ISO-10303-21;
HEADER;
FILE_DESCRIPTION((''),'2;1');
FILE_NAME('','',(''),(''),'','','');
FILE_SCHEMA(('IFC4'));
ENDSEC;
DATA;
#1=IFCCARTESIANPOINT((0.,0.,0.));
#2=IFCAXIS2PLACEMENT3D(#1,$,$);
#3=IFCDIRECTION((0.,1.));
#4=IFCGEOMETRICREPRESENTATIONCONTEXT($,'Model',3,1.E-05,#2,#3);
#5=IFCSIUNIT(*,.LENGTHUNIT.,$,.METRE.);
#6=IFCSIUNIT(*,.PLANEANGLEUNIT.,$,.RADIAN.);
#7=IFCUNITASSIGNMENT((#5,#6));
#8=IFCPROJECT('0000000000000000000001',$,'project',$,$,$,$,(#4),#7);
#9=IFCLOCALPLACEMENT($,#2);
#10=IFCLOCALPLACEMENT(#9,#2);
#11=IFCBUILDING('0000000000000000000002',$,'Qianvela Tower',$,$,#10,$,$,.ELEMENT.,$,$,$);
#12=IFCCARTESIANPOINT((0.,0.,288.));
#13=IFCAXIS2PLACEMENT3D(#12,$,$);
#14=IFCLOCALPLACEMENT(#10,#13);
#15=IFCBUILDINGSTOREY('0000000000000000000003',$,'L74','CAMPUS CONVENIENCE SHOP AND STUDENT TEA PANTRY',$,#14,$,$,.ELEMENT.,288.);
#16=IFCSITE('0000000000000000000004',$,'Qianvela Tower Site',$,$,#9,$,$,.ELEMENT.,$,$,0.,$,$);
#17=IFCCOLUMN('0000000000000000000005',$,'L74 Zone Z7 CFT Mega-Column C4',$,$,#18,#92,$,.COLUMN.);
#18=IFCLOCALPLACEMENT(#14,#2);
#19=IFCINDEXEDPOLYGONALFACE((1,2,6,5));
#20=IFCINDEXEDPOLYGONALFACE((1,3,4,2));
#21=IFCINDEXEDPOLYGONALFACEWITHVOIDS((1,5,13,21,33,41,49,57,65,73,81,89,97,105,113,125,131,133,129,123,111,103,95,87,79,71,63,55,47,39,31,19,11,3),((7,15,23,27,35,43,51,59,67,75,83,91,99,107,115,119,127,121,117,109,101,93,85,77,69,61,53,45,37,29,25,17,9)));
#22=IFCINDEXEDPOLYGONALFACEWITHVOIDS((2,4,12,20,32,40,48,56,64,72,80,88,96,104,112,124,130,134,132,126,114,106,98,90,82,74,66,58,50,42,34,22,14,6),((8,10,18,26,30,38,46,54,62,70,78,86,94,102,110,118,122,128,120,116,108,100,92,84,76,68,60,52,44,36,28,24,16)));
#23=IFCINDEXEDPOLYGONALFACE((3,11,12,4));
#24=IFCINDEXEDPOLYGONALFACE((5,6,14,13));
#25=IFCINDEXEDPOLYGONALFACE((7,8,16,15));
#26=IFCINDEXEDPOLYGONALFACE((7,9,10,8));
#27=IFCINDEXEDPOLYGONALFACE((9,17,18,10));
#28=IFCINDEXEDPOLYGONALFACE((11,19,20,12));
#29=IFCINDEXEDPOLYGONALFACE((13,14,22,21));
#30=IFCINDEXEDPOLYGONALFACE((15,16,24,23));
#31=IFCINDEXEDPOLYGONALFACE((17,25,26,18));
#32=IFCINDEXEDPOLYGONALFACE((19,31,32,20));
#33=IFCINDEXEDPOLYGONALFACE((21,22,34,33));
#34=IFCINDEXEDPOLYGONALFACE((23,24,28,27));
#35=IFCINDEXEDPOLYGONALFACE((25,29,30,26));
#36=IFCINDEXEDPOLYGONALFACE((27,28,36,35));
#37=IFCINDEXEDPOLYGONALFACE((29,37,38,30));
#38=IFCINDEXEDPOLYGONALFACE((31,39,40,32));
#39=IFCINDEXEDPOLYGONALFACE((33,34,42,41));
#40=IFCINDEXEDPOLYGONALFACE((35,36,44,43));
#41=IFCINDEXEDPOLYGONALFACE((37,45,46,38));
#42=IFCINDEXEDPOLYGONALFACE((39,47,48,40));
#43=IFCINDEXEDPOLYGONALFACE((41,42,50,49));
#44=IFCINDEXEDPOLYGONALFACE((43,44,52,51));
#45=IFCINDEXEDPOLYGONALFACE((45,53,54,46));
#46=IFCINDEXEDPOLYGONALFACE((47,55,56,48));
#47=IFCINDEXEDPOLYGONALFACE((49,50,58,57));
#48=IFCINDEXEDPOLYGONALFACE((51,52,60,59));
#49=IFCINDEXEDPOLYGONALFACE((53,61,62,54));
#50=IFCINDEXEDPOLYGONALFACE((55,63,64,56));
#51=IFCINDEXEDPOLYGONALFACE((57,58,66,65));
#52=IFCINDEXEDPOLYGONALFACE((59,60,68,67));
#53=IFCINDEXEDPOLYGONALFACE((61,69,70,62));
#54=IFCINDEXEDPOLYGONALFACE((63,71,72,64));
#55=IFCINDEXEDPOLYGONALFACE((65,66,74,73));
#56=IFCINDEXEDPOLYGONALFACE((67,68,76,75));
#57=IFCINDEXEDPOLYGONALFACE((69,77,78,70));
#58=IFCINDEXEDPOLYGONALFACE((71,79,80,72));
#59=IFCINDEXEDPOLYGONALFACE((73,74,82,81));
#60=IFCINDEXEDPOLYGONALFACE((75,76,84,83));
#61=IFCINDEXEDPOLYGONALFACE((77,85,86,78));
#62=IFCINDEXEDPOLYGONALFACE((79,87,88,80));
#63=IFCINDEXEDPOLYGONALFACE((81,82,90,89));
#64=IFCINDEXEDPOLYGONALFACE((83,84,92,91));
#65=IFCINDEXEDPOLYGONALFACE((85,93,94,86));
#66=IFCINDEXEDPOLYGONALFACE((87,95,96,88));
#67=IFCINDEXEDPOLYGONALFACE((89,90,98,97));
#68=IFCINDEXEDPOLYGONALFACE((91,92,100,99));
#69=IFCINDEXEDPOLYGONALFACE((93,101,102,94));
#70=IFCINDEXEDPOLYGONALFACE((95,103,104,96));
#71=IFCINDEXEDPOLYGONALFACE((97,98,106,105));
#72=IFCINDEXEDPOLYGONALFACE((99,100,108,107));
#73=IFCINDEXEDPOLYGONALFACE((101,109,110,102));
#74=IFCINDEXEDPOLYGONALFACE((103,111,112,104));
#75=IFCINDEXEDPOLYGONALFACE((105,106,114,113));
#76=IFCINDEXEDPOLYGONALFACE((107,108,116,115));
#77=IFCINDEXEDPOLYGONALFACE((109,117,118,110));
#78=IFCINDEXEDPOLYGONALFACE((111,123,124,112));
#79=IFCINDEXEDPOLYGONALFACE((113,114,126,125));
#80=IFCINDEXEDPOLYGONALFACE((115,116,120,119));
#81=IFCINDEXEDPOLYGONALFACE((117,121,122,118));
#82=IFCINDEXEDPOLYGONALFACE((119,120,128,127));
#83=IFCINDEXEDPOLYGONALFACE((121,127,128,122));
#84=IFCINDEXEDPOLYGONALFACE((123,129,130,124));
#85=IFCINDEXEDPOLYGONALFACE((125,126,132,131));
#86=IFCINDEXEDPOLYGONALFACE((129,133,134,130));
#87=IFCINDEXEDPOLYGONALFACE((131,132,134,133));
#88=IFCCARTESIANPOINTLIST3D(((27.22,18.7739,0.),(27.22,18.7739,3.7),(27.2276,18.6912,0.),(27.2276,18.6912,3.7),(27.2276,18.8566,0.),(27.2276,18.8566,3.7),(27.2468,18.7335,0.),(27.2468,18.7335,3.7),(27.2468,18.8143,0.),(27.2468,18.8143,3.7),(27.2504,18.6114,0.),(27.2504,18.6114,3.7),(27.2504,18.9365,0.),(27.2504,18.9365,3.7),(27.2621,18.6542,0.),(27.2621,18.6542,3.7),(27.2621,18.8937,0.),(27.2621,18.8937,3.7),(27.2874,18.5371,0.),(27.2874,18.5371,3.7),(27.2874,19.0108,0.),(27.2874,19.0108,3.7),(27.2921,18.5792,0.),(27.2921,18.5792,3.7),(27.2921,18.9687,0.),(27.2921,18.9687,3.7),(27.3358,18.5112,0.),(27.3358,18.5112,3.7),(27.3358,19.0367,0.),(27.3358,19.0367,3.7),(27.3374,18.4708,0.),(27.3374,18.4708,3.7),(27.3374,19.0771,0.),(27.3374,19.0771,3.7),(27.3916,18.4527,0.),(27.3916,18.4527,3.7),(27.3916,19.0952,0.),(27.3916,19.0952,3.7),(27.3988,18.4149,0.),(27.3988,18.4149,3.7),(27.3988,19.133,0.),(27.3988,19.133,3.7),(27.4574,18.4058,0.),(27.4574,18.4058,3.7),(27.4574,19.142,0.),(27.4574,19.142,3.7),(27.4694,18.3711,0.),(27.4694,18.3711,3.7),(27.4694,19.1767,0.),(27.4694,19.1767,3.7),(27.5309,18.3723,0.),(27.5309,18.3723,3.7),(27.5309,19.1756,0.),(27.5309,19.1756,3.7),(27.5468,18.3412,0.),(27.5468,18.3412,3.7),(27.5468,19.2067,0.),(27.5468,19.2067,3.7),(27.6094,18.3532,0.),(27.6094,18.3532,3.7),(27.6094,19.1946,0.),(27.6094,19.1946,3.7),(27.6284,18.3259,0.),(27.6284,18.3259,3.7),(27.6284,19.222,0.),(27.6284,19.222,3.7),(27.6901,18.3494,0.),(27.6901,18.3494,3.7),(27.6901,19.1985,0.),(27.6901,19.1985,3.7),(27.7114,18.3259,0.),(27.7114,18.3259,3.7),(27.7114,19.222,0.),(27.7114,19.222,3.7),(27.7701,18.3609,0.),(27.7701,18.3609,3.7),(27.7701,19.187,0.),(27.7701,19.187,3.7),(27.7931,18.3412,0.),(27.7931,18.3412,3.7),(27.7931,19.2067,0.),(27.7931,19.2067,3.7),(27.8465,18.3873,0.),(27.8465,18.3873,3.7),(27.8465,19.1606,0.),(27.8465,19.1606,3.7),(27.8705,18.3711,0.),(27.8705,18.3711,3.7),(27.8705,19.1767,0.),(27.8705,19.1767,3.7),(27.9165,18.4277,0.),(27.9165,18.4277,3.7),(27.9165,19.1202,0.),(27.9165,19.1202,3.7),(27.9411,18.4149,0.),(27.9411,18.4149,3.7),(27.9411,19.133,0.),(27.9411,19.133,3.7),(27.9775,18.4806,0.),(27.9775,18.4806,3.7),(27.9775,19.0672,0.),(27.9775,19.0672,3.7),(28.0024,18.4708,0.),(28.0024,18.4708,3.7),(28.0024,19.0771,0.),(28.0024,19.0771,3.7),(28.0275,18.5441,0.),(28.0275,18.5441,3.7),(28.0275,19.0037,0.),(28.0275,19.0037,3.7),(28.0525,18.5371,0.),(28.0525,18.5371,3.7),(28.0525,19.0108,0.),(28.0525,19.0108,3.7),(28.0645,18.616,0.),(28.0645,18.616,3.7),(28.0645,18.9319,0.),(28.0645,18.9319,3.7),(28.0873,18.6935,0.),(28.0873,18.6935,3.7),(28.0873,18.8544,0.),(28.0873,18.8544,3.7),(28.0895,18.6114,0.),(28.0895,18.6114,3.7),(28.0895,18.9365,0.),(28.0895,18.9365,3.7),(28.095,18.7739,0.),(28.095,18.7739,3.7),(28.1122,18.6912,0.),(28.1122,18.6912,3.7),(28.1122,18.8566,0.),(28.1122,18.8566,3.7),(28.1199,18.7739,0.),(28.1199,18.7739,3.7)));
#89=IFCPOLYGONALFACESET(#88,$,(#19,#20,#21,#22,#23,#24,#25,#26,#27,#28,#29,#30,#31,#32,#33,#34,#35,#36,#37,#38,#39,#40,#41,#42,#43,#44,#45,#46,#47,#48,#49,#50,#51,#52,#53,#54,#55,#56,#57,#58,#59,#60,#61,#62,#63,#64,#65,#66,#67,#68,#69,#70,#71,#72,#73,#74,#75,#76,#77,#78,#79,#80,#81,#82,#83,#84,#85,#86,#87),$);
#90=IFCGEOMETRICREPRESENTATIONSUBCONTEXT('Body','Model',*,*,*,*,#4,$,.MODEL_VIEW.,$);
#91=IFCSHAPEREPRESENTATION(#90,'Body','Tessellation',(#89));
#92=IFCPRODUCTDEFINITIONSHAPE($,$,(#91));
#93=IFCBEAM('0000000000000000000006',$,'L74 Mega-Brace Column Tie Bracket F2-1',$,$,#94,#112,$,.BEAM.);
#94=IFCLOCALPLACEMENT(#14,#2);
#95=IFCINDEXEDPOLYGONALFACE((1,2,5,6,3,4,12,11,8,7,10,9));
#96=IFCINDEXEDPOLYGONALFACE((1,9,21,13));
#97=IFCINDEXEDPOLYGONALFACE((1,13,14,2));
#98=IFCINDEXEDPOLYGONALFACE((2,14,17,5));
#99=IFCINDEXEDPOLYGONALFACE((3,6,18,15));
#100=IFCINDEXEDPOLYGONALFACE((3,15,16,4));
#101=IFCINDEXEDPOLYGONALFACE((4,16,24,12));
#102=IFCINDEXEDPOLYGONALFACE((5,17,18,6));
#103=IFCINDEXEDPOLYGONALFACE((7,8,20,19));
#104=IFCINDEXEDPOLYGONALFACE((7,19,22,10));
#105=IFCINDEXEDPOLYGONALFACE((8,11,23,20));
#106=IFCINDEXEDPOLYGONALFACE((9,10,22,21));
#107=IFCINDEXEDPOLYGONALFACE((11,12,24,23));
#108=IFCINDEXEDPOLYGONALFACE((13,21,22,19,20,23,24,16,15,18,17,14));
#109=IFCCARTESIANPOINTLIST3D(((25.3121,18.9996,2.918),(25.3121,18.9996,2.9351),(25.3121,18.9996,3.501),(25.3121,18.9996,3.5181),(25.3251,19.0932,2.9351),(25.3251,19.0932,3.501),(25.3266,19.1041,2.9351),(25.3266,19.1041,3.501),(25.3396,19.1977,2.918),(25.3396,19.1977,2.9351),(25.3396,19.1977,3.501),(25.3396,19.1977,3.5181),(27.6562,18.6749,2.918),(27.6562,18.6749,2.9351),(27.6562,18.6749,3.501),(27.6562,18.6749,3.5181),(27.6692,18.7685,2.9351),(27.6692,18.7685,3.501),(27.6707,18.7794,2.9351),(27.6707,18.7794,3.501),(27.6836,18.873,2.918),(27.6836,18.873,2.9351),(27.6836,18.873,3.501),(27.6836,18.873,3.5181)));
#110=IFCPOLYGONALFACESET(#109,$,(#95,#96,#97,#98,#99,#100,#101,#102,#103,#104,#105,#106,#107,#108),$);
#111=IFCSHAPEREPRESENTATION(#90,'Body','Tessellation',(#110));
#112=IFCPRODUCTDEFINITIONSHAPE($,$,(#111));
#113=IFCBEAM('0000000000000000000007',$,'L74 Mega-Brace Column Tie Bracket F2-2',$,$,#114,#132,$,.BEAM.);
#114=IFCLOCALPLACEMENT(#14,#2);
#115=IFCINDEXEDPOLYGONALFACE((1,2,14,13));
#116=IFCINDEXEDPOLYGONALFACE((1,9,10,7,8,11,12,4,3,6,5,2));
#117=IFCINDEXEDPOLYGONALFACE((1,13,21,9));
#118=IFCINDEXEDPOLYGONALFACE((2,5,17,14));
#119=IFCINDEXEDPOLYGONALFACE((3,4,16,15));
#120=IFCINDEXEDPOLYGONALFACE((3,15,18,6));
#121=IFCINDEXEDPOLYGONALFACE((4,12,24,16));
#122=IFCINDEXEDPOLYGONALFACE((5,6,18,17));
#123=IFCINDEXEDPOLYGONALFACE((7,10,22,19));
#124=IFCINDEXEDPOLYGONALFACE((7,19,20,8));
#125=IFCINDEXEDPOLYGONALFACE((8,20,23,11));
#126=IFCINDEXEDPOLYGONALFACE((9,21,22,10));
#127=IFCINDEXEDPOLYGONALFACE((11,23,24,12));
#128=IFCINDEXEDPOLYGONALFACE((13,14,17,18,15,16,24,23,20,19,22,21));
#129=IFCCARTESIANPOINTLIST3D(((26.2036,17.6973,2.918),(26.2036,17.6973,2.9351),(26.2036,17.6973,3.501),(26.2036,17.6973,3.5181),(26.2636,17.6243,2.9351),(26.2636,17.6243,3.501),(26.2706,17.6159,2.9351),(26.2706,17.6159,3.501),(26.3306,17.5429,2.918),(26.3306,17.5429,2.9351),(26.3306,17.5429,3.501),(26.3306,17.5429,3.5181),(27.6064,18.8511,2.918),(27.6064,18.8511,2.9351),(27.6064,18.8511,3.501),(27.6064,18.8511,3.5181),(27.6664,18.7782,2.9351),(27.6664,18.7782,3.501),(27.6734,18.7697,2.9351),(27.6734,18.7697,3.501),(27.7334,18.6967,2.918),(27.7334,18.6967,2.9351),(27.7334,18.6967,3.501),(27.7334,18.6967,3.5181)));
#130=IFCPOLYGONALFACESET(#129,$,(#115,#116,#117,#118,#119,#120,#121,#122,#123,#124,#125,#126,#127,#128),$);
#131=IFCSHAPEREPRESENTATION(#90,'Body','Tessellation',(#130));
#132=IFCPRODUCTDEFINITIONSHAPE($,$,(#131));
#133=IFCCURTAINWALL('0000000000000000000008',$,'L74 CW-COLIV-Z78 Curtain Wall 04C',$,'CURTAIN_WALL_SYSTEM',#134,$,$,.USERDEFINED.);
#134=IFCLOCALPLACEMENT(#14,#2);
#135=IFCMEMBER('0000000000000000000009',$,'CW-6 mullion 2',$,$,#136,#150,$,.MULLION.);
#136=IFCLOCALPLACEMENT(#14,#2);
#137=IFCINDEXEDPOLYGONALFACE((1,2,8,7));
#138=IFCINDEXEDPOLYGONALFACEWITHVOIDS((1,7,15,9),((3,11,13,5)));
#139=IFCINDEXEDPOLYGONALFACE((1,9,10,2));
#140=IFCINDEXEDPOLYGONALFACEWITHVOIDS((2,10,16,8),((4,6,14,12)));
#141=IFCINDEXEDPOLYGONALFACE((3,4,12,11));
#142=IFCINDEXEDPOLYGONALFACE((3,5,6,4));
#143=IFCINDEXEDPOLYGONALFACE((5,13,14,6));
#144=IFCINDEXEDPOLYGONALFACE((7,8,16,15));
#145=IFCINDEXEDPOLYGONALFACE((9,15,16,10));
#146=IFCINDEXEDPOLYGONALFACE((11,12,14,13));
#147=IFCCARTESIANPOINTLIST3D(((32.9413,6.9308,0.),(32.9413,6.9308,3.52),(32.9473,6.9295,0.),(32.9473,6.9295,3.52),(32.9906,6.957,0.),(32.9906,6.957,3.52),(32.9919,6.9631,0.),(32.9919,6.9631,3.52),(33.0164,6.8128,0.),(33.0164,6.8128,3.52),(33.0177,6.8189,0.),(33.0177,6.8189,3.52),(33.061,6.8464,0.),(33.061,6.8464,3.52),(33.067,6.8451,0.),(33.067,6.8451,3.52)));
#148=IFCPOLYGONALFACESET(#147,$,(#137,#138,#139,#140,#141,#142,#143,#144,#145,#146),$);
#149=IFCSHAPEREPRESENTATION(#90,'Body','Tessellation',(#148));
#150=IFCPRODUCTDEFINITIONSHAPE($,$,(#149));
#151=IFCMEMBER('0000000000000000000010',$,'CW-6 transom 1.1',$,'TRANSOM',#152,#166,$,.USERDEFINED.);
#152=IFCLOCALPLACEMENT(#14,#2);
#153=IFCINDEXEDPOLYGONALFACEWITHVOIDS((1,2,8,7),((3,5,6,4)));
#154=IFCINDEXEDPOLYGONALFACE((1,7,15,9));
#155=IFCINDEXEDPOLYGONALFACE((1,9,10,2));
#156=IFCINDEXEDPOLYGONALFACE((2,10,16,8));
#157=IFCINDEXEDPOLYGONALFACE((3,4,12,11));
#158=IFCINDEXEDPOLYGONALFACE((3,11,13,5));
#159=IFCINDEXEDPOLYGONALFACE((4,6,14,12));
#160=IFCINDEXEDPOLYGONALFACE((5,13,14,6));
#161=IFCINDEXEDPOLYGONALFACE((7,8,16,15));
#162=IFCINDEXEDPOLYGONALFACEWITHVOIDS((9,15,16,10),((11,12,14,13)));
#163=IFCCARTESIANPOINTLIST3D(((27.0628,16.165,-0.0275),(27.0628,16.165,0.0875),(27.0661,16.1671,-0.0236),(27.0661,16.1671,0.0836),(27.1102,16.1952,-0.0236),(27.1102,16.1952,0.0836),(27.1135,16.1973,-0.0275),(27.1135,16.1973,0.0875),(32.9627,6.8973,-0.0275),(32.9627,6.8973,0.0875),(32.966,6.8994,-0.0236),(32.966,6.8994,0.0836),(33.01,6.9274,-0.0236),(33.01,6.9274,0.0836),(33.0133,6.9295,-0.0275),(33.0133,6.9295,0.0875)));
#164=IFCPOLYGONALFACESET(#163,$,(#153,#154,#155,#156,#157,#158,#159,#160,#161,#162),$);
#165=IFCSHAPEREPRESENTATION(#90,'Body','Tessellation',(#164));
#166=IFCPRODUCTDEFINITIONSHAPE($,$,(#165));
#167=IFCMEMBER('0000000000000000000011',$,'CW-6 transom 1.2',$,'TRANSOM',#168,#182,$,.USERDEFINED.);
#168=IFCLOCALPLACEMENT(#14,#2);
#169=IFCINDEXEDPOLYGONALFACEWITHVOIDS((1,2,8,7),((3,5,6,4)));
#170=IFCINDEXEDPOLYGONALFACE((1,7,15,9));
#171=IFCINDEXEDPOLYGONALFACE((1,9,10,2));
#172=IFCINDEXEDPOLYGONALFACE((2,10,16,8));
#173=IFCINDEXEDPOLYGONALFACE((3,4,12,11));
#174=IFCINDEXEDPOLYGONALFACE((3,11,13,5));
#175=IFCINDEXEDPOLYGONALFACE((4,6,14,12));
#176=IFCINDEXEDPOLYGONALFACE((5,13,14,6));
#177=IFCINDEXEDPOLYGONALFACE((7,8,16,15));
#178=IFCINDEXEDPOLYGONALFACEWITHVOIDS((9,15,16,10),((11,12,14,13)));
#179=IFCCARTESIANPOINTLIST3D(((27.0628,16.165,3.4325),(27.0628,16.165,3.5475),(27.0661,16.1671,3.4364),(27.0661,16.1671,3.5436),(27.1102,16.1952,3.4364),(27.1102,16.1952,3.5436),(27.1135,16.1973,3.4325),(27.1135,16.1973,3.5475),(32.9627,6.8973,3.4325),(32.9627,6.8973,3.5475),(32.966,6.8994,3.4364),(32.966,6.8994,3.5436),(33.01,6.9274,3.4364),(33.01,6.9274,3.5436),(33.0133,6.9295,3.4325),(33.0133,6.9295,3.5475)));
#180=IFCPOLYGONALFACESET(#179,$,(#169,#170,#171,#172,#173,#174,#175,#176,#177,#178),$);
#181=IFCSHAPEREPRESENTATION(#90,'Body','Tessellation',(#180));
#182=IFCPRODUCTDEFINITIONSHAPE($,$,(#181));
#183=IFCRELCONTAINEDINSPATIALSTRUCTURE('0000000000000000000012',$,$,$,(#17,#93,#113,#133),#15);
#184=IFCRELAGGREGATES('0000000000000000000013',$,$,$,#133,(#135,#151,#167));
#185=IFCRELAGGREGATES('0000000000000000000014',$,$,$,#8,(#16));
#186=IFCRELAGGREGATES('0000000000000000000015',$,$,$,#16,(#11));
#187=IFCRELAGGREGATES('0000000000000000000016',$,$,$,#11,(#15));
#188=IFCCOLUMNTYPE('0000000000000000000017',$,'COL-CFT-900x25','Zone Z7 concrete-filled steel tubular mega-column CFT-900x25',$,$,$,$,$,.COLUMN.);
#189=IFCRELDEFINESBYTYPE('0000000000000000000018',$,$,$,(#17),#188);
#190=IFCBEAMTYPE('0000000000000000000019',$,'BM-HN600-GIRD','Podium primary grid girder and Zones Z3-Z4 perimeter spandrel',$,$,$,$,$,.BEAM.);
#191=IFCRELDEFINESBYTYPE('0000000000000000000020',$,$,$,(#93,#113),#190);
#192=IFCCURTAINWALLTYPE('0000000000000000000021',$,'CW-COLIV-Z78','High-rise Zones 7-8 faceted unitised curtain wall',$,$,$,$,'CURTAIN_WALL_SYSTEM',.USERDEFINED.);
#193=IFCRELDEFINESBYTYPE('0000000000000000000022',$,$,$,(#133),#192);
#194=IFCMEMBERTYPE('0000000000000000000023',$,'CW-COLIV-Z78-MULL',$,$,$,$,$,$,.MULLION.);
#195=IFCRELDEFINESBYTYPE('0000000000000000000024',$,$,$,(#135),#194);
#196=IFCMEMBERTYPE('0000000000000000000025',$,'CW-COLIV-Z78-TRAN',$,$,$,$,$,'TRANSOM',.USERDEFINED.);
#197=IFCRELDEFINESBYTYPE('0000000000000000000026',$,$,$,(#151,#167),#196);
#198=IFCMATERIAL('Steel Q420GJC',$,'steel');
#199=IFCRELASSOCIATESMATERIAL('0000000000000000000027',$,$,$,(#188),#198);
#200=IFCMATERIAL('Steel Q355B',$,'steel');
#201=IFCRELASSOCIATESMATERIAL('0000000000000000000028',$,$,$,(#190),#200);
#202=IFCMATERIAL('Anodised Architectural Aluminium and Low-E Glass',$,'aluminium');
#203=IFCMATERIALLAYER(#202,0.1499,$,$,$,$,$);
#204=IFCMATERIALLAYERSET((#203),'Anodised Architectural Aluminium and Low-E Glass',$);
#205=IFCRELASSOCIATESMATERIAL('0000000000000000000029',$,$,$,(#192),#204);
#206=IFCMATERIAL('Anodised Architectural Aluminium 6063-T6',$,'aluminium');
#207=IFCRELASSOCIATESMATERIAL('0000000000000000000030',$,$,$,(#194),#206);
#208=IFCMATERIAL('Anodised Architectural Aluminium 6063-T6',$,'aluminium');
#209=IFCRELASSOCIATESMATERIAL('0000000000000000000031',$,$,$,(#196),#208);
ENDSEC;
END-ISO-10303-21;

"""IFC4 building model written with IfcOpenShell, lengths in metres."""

from ifc_helpers import new_model, si_unit, direction, frame, origin, origin_2d, place, context, subcontext, project, spatial, hollow_rectangle, hollow_circle, i_section, extrude, material, layer, layer_set, material_profile, profile_set, type_object, element, aggregate, save


model = new_model("IFC4")

# Units and contexts
model_context = context("Model", 3, precision=1e-05, world=origin(), true_north=direction((0.0, 1.0)))
body_context = subcontext(model_context, "Body", "Model", "MODEL_VIEW")
ifc_project = project(units=[si_unit("LENGTHUNIT", "METRE"), si_unit("PLANEANGLEUNIT", "RADIAN")], contexts=[model_context])

# Site, building, storey
site_placement = place(None, origin())
site = spatial("IfcSite", under=ifc_project, at=site_placement, Name="Qianvela Tower Site", CompositionType="ELEMENT", RefElevation=0.0)
building_placement = place(site_placement, origin())
building = spatial("IfcBuilding", under=site, at=building_placement, Name="Qianvela Tower", CompositionType="ELEMENT")
storey_placement = place(building_placement, frame((0.0, 0.0, 288.0)))
storey = spatial("IfcBuildingStorey", under=building, at=storey_placement, Name="L74", Description="CAMPUS CONVENIENCE SHOP AND STUDENT TEA PANTRY", CompositionType="ELEMENT", Elevation=288.0)

# Column
ifc_material_1 = material(Name="Steel Q420GJC", Category="steel")
ifc_material_profile_1 = material_profile(ifc_material_1, hollow_circle(Radius=0.45, WallThickness=0.0249, at=origin_2d()), Name="CFT-900x25")
ifc_profile_set_1 = profile_set([ifc_material_profile_1], Name="Steel Q420GJC")
column_type = type_object("IfcColumnType", Name="COL-CFT-900x25", Description="Zone Z7 concrete-filled steel tubular mega-column CFT-900x25", PredefinedType="COLUMN", material=ifc_profile_set_1)
column_placement = place(storey_placement, frame((27.6699, 18.7739, 0.0), z_axis=(0.0, 0.0, 1.0), x_axis=(1.0, 0.0, 0.0)))
element("IfcColumn", 1, at=column_placement, inside=storey, type_object=column_type, Name="L74 Zone Z7 CFT Mega-Column C4", PredefinedType="COLUMN", context=body_context, shape_type="SweptSolid", body=[
    extrude(hollow_circle(Radius=0.45, WallThickness=0.0249, at=origin_2d()), origin(), (0.0, 0.0, 1.0), 3.7),
])

# Beams
ifc_material_2 = material(Name="Steel Q355B", Category="steel")
ifc_material_profile_2 = material_profile(ifc_material_2, i_section(OverallWidth=0.2, OverallDepth=0.6001, WebThickness=0.011, FlangeThickness=0.0171, at=origin_2d()), Name="HN600x200x11x17")
ifc_profile_set_2 = profile_set([ifc_material_profile_2], Name="Steel Q355B")
beam_type = type_object("IfcBeamType", Name="BM-HN600-GIRD", Description="Podium primary grid girder and Zones Z3-Z4 perimeter spandrel", PredefinedType="BEAM", material=ifc_profile_set_2)
beam_1_placement = place(storey_placement, frame((27.6699, 18.7739, 3.218), z_axis=(-0.990541, 0.137217, 0.0), x_axis=(-0.137217, -0.990541, 0.0)))
element("IfcBeam", 2, at=beam_1_placement, inside=storey, type_object=beam_type, Name="L74 Mega-Brace Column Tie Bracket F2-1", PredefinedType="BEAM", context=body_context, shape_type="SweptSolid", body=[
    extrude(i_section(OverallWidth=0.2, OverallDepth=0.6001, WebThickness=0.011, FlangeThickness=0.0171, at=origin_2d()), origin(), (0.0, 0.0, 1.0), 2.3665),
])
beam_2_placement = place(storey_placement, frame((27.6699, 18.7739, 3.218), z_axis=(-0.772326, -0.635227, 0.0), x_axis=(0.635227, -0.772326, 0.0)))
element("IfcBeam", 3, at=beam_2_placement, inside=storey, type_object=beam_type, Name="L74 Mega-Brace Column Tie Bracket F2-2", PredefinedType="BEAM", context=body_context, shape_type="SweptSolid", body=[
    extrude(i_section(OverallWidth=0.2, OverallDepth=0.6001, WebThickness=0.011, FlangeThickness=0.0171, at=origin_2d()), origin(), (0.0, 0.0, 1.0), 1.8164),
])

# Curtain wall, members
ifc_material_3 = material(Name="Anodised Architectural Aluminium and Low-E Glass", Category="aluminium")
ifc_layer_1 = layer(ifc_material_3, 0.1499)
ifc_layer_set_1 = layer_set([ifc_layer_1], Name="Anodised Architectural Aluminium and Low-E Glass")
curtain_wall_type = type_object("IfcCurtainWallType", Name="CW-COLIV-Z78", Description="High-rise Zones 7-8 faceted unitised curtain wall", ElementType="CURTAIN_WALL_SYSTEM", PredefinedType="USERDEFINED", material=ifc_layer_set_1)
curtain_wall_placement = place(storey_placement, origin())
curtain_wall = element("IfcCurtainWall", 4, at=curtain_wall_placement, inside=storey, type_object=curtain_wall_type, Name="L74 CW-COLIV-Z78 Curtain Wall 04C", ObjectType="CURTAIN_WALL_SYSTEM", PredefinedType="USERDEFINED")
ifc_material_4 = material(Name="Anodised Architectural Aluminium 6063-T6", Category="aluminium")
ifc_material_profile_3 = material_profile(ifc_material_4, hollow_rectangle(XDim=0.0601, YDim=0.1399, WallThickness=0.0044, at=origin_2d()), Name="ALU-MULL-60x140")
ifc_profile_set_3 = profile_set([ifc_material_profile_3], Name="Anodised Architectural Aluminium 6063-T6")
member_type_1 = type_object("IfcMemberType", Name="CW-COLIV-Z78-MULL", PredefinedType="MULLION", material=ifc_profile_set_3)
member_1_placement = place(storey_placement, frame((33.0042, 6.8879, 0.0), z_axis=(0.0, 0.0, 1.0), x_axis=(0.843577, 0.537009, 0.0)))
member_1 = element("IfcMember", 5, at=member_1_placement, type_object=member_type_1, Name="CW-6 mullion 2", PredefinedType="MULLION", context=body_context, shape_type="SweptSolid", body=[
    extrude(hollow_rectangle(XDim=0.0601, YDim=0.1399, WallThickness=0.0044, at=origin_2d()), origin(), (0.0, 0.0, 1.0), 3.52),
])
ifc_material_5 = material(Name="Anodised Architectural Aluminium 6063-T6", Category="aluminium")
ifc_material_profile_4 = material_profile(ifc_material_5, hollow_rectangle(XDim=0.0601, YDim=0.115, WallThickness=0.0039, at=origin_2d()), Name="ALU-TRAN-60x115")
ifc_profile_set_4 = profile_set([ifc_material_profile_4], Name="Anodised Architectural Aluminium 6063-T6")
member_type_2 = type_object("IfcMemberType", Name="CW-COLIV-Z78-TRAN", ElementType="TRANSOM", PredefinedType="USERDEFINED", material=ifc_profile_set_4)
member_2_placement = place(storey_placement, frame((27.0881, 16.1812, 0.03), z_axis=(0.537018, -0.843571, 0.0), x_axis=(0.843571, 0.537018, 0.0)))
member_2 = element("IfcMember", 6, at=member_2_placement, type_object=member_type_2, Name="CW-6 transom 1.1", ObjectType="TRANSOM", PredefinedType="USERDEFINED", context=body_context, shape_type="SweptSolid", body=[
    extrude(hollow_rectangle(XDim=0.0601, YDim=0.115, WallThickness=0.0039, at=origin_2d()), origin(), (0.0, 0.0, 1.0), 10.9863),
])
member_3_placement = place(storey_placement, frame((27.0881, 16.1812, 3.49), z_axis=(0.537018, -0.843571, 0.0), x_axis=(0.843571, 0.537018, 0.0)))
member_3 = element("IfcMember", 7, at=member_3_placement, type_object=member_type_2, Name="CW-6 transom 1.2", ObjectType="TRANSOM", PredefinedType="USERDEFINED", context=body_context, shape_type="SweptSolid", body=[
    extrude(hollow_rectangle(XDim=0.0601, YDim=0.115, WallThickness=0.0039, at=origin_2d()), origin(), (0.0, 0.0, 1.0), 10.9863),
])
aggregate(curtain_wall, [member_1, member_2, member_3])

save(model, "model.ifc")
